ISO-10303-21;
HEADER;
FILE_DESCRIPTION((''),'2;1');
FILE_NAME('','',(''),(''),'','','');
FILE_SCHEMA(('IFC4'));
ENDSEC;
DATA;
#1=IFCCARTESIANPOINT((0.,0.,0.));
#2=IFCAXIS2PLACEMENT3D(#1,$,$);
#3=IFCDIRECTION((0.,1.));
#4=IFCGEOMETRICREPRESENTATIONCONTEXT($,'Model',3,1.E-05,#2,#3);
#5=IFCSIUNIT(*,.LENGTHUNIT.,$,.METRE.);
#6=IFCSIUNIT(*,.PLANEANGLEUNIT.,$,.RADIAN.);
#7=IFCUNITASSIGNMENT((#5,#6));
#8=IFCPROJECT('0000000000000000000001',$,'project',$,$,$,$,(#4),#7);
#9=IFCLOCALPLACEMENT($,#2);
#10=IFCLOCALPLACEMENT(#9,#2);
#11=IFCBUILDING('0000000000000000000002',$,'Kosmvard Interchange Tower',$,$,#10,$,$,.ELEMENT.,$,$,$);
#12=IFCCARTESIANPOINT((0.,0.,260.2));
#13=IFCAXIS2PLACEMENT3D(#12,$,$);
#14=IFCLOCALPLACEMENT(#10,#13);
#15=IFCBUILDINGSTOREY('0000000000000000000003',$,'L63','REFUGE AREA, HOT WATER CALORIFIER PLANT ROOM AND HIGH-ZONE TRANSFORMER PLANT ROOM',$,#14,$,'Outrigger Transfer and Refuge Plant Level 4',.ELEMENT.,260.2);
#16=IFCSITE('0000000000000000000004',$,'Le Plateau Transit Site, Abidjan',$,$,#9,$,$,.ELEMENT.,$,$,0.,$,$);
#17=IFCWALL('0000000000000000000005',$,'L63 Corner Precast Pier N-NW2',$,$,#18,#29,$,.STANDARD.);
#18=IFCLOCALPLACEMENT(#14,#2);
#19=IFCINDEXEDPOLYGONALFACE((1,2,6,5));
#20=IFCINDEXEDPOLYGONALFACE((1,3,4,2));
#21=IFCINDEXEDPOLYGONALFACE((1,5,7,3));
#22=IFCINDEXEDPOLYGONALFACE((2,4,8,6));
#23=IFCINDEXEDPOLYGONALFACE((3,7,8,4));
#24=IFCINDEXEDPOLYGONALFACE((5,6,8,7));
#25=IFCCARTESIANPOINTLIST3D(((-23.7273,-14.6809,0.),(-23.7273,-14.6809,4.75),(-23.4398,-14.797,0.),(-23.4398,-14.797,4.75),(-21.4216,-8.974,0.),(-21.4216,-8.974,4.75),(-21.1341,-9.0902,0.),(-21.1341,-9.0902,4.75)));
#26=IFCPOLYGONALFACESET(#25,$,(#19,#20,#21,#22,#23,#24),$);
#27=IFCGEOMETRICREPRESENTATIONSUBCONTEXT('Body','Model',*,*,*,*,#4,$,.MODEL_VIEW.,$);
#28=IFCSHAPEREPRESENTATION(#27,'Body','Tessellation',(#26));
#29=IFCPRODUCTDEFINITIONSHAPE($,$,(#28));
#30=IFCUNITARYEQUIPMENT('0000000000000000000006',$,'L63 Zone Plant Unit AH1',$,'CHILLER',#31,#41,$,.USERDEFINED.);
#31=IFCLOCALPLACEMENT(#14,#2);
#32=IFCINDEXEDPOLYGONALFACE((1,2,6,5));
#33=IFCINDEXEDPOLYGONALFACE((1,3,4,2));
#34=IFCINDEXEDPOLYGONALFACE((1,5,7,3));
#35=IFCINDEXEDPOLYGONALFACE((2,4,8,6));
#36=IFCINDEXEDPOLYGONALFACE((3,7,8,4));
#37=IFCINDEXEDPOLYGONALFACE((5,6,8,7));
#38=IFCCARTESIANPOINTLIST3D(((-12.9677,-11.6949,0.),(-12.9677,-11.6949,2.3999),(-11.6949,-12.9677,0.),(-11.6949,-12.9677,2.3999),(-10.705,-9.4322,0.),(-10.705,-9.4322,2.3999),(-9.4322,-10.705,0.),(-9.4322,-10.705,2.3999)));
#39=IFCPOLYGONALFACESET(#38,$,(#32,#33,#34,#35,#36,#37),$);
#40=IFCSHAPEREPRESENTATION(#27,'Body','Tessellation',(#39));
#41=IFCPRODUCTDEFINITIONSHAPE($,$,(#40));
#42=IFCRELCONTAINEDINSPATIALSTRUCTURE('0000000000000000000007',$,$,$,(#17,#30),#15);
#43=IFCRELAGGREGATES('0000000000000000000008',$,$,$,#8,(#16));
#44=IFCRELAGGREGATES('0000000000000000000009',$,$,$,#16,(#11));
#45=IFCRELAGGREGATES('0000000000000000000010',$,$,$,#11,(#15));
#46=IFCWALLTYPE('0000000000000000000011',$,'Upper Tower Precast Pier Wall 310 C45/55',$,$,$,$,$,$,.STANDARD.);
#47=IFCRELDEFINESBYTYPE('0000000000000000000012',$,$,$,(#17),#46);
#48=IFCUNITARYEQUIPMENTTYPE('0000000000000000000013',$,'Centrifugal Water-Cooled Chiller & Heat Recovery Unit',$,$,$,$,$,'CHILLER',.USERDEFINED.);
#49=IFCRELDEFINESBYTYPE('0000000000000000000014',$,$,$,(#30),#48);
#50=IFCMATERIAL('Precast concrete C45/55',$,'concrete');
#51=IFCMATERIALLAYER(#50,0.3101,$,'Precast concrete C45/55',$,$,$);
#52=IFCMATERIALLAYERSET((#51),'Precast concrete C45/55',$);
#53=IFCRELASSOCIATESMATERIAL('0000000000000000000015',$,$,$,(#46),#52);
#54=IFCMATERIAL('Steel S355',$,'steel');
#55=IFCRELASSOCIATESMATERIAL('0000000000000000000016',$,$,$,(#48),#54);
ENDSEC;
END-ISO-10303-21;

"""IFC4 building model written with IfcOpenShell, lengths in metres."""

from ifc_helpers import new_model, si_unit, direction, frame, frame_2d, origin, origin_2d, place, context, subcontext, project, spatial, rectangle, extrude, source, transform, mapped, material, layer, layer_set, type_object, element, save


model = new_model("IFC4")

# Units and contexts
model_context = context("Model", 3, precision=1e-05, world=origin(), true_north=direction((0.0, 1.0)))
body_context = subcontext(model_context, "Body", "Model", "MODEL_VIEW")
ifc_project = project(units=[si_unit("LENGTHUNIT", "METRE"), si_unit("PLANEANGLEUNIT", "RADIAN")], contexts=[model_context])

# Site, building, storey
site_placement = place(None, origin())
site = spatial("IfcSite", under=ifc_project, at=site_placement, Name="Le Plateau Transit Site, Abidjan", CompositionType="ELEMENT", RefElevation=0.0)
building_placement = place(site_placement, origin())
building = spatial("IfcBuilding", under=site, at=building_placement, Name="Kosmvard Interchange Tower", CompositionType="ELEMENT")
storey_placement = place(building_placement, frame((0.0, 0.0, 260.2)))
storey = spatial("IfcBuildingStorey", under=building, at=storey_placement, Name="L63", Description="REFUGE AREA, HOT WATER CALORIFIER PLANT ROOM AND HIGH-ZONE TRANSFORMER PLANT ROOM", LongName="Outrigger Transfer and Refuge Plant Level 4", CompositionType="ELEMENT", Elevation=260.2)

# Wall
ifc_material_1 = material(Name="Precast concrete C45/55", Category="concrete")
ifc_layer_1 = layer(ifc_material_1, 0.3101, Name="Precast concrete C45/55")
ifc_layer_set_1 = layer_set([ifc_layer_1], Name="Precast concrete C45/55")
wall_type_1 = type_object("IfcWallType", Name="Upper Tower Precast Pier Wall 310 C45/55", PredefinedType="STANDARD", material=ifc_layer_set_1)
wall_1_placement = place(storey_placement, frame((-21.2778, -9.032, 0.0), z_axis=(0.0, 0.0, 1.0), x_axis=(-0.374603, -0.927185, 0.0)))
element("IfcWall", 1, at=wall_1_placement, inside=storey, type_object=wall_type_1, Name="L63 Corner Precast Pier N-NW2", PredefinedType="STANDARD", context=body_context, shape_type="SweptSolid", body=[
    extrude(rectangle(XDim=6.155, YDim=0.3101, at=frame_2d((3.0776, 0.0))), origin(), (0.0, 0.0, 1.0), 4.75),
])

# Unitary equipment
ifc_material_2 = material(Name="Steel S355", Category="steel")
unitary_equipment_type = type_object("IfcUnitaryEquipmentType", Name="Centrifugal Water-Cooled Chiller & Heat Recovery Unit", ElementType="CHILLER", PredefinedType="USERDEFINED", material=ifc_material_2)
shared_shape_1 = source(origin(), body_context, "Body", "SweptSolid", [
    extrude(rectangle(XDim=3.2, YDim=1.8, at=origin_2d()), origin(), (0.0, 0.0, 1.0), 2.3999),
])
unitary_equipment_placement = place(storey_placement, frame((-11.2, -11.2, 0.0), z_axis=(0.0, 0.0, 1.0), x_axis=(0.707107, 0.707107, 0.0)))
element("IfcUnitaryEquipment", 2, at=unitary_equipment_placement, inside=storey, type_object=unitary_equipment_type, Name="L63 Zone Plant Unit AH1", ObjectType="CHILLER", PredefinedType="USERDEFINED", context=body_context, shape_type="MappedRepresentation", body=[
    mapped(shared_shape_1, transform((0.0, 0.0, 0.0), scale=1.0)),
])

save(model, "model.ifc")
